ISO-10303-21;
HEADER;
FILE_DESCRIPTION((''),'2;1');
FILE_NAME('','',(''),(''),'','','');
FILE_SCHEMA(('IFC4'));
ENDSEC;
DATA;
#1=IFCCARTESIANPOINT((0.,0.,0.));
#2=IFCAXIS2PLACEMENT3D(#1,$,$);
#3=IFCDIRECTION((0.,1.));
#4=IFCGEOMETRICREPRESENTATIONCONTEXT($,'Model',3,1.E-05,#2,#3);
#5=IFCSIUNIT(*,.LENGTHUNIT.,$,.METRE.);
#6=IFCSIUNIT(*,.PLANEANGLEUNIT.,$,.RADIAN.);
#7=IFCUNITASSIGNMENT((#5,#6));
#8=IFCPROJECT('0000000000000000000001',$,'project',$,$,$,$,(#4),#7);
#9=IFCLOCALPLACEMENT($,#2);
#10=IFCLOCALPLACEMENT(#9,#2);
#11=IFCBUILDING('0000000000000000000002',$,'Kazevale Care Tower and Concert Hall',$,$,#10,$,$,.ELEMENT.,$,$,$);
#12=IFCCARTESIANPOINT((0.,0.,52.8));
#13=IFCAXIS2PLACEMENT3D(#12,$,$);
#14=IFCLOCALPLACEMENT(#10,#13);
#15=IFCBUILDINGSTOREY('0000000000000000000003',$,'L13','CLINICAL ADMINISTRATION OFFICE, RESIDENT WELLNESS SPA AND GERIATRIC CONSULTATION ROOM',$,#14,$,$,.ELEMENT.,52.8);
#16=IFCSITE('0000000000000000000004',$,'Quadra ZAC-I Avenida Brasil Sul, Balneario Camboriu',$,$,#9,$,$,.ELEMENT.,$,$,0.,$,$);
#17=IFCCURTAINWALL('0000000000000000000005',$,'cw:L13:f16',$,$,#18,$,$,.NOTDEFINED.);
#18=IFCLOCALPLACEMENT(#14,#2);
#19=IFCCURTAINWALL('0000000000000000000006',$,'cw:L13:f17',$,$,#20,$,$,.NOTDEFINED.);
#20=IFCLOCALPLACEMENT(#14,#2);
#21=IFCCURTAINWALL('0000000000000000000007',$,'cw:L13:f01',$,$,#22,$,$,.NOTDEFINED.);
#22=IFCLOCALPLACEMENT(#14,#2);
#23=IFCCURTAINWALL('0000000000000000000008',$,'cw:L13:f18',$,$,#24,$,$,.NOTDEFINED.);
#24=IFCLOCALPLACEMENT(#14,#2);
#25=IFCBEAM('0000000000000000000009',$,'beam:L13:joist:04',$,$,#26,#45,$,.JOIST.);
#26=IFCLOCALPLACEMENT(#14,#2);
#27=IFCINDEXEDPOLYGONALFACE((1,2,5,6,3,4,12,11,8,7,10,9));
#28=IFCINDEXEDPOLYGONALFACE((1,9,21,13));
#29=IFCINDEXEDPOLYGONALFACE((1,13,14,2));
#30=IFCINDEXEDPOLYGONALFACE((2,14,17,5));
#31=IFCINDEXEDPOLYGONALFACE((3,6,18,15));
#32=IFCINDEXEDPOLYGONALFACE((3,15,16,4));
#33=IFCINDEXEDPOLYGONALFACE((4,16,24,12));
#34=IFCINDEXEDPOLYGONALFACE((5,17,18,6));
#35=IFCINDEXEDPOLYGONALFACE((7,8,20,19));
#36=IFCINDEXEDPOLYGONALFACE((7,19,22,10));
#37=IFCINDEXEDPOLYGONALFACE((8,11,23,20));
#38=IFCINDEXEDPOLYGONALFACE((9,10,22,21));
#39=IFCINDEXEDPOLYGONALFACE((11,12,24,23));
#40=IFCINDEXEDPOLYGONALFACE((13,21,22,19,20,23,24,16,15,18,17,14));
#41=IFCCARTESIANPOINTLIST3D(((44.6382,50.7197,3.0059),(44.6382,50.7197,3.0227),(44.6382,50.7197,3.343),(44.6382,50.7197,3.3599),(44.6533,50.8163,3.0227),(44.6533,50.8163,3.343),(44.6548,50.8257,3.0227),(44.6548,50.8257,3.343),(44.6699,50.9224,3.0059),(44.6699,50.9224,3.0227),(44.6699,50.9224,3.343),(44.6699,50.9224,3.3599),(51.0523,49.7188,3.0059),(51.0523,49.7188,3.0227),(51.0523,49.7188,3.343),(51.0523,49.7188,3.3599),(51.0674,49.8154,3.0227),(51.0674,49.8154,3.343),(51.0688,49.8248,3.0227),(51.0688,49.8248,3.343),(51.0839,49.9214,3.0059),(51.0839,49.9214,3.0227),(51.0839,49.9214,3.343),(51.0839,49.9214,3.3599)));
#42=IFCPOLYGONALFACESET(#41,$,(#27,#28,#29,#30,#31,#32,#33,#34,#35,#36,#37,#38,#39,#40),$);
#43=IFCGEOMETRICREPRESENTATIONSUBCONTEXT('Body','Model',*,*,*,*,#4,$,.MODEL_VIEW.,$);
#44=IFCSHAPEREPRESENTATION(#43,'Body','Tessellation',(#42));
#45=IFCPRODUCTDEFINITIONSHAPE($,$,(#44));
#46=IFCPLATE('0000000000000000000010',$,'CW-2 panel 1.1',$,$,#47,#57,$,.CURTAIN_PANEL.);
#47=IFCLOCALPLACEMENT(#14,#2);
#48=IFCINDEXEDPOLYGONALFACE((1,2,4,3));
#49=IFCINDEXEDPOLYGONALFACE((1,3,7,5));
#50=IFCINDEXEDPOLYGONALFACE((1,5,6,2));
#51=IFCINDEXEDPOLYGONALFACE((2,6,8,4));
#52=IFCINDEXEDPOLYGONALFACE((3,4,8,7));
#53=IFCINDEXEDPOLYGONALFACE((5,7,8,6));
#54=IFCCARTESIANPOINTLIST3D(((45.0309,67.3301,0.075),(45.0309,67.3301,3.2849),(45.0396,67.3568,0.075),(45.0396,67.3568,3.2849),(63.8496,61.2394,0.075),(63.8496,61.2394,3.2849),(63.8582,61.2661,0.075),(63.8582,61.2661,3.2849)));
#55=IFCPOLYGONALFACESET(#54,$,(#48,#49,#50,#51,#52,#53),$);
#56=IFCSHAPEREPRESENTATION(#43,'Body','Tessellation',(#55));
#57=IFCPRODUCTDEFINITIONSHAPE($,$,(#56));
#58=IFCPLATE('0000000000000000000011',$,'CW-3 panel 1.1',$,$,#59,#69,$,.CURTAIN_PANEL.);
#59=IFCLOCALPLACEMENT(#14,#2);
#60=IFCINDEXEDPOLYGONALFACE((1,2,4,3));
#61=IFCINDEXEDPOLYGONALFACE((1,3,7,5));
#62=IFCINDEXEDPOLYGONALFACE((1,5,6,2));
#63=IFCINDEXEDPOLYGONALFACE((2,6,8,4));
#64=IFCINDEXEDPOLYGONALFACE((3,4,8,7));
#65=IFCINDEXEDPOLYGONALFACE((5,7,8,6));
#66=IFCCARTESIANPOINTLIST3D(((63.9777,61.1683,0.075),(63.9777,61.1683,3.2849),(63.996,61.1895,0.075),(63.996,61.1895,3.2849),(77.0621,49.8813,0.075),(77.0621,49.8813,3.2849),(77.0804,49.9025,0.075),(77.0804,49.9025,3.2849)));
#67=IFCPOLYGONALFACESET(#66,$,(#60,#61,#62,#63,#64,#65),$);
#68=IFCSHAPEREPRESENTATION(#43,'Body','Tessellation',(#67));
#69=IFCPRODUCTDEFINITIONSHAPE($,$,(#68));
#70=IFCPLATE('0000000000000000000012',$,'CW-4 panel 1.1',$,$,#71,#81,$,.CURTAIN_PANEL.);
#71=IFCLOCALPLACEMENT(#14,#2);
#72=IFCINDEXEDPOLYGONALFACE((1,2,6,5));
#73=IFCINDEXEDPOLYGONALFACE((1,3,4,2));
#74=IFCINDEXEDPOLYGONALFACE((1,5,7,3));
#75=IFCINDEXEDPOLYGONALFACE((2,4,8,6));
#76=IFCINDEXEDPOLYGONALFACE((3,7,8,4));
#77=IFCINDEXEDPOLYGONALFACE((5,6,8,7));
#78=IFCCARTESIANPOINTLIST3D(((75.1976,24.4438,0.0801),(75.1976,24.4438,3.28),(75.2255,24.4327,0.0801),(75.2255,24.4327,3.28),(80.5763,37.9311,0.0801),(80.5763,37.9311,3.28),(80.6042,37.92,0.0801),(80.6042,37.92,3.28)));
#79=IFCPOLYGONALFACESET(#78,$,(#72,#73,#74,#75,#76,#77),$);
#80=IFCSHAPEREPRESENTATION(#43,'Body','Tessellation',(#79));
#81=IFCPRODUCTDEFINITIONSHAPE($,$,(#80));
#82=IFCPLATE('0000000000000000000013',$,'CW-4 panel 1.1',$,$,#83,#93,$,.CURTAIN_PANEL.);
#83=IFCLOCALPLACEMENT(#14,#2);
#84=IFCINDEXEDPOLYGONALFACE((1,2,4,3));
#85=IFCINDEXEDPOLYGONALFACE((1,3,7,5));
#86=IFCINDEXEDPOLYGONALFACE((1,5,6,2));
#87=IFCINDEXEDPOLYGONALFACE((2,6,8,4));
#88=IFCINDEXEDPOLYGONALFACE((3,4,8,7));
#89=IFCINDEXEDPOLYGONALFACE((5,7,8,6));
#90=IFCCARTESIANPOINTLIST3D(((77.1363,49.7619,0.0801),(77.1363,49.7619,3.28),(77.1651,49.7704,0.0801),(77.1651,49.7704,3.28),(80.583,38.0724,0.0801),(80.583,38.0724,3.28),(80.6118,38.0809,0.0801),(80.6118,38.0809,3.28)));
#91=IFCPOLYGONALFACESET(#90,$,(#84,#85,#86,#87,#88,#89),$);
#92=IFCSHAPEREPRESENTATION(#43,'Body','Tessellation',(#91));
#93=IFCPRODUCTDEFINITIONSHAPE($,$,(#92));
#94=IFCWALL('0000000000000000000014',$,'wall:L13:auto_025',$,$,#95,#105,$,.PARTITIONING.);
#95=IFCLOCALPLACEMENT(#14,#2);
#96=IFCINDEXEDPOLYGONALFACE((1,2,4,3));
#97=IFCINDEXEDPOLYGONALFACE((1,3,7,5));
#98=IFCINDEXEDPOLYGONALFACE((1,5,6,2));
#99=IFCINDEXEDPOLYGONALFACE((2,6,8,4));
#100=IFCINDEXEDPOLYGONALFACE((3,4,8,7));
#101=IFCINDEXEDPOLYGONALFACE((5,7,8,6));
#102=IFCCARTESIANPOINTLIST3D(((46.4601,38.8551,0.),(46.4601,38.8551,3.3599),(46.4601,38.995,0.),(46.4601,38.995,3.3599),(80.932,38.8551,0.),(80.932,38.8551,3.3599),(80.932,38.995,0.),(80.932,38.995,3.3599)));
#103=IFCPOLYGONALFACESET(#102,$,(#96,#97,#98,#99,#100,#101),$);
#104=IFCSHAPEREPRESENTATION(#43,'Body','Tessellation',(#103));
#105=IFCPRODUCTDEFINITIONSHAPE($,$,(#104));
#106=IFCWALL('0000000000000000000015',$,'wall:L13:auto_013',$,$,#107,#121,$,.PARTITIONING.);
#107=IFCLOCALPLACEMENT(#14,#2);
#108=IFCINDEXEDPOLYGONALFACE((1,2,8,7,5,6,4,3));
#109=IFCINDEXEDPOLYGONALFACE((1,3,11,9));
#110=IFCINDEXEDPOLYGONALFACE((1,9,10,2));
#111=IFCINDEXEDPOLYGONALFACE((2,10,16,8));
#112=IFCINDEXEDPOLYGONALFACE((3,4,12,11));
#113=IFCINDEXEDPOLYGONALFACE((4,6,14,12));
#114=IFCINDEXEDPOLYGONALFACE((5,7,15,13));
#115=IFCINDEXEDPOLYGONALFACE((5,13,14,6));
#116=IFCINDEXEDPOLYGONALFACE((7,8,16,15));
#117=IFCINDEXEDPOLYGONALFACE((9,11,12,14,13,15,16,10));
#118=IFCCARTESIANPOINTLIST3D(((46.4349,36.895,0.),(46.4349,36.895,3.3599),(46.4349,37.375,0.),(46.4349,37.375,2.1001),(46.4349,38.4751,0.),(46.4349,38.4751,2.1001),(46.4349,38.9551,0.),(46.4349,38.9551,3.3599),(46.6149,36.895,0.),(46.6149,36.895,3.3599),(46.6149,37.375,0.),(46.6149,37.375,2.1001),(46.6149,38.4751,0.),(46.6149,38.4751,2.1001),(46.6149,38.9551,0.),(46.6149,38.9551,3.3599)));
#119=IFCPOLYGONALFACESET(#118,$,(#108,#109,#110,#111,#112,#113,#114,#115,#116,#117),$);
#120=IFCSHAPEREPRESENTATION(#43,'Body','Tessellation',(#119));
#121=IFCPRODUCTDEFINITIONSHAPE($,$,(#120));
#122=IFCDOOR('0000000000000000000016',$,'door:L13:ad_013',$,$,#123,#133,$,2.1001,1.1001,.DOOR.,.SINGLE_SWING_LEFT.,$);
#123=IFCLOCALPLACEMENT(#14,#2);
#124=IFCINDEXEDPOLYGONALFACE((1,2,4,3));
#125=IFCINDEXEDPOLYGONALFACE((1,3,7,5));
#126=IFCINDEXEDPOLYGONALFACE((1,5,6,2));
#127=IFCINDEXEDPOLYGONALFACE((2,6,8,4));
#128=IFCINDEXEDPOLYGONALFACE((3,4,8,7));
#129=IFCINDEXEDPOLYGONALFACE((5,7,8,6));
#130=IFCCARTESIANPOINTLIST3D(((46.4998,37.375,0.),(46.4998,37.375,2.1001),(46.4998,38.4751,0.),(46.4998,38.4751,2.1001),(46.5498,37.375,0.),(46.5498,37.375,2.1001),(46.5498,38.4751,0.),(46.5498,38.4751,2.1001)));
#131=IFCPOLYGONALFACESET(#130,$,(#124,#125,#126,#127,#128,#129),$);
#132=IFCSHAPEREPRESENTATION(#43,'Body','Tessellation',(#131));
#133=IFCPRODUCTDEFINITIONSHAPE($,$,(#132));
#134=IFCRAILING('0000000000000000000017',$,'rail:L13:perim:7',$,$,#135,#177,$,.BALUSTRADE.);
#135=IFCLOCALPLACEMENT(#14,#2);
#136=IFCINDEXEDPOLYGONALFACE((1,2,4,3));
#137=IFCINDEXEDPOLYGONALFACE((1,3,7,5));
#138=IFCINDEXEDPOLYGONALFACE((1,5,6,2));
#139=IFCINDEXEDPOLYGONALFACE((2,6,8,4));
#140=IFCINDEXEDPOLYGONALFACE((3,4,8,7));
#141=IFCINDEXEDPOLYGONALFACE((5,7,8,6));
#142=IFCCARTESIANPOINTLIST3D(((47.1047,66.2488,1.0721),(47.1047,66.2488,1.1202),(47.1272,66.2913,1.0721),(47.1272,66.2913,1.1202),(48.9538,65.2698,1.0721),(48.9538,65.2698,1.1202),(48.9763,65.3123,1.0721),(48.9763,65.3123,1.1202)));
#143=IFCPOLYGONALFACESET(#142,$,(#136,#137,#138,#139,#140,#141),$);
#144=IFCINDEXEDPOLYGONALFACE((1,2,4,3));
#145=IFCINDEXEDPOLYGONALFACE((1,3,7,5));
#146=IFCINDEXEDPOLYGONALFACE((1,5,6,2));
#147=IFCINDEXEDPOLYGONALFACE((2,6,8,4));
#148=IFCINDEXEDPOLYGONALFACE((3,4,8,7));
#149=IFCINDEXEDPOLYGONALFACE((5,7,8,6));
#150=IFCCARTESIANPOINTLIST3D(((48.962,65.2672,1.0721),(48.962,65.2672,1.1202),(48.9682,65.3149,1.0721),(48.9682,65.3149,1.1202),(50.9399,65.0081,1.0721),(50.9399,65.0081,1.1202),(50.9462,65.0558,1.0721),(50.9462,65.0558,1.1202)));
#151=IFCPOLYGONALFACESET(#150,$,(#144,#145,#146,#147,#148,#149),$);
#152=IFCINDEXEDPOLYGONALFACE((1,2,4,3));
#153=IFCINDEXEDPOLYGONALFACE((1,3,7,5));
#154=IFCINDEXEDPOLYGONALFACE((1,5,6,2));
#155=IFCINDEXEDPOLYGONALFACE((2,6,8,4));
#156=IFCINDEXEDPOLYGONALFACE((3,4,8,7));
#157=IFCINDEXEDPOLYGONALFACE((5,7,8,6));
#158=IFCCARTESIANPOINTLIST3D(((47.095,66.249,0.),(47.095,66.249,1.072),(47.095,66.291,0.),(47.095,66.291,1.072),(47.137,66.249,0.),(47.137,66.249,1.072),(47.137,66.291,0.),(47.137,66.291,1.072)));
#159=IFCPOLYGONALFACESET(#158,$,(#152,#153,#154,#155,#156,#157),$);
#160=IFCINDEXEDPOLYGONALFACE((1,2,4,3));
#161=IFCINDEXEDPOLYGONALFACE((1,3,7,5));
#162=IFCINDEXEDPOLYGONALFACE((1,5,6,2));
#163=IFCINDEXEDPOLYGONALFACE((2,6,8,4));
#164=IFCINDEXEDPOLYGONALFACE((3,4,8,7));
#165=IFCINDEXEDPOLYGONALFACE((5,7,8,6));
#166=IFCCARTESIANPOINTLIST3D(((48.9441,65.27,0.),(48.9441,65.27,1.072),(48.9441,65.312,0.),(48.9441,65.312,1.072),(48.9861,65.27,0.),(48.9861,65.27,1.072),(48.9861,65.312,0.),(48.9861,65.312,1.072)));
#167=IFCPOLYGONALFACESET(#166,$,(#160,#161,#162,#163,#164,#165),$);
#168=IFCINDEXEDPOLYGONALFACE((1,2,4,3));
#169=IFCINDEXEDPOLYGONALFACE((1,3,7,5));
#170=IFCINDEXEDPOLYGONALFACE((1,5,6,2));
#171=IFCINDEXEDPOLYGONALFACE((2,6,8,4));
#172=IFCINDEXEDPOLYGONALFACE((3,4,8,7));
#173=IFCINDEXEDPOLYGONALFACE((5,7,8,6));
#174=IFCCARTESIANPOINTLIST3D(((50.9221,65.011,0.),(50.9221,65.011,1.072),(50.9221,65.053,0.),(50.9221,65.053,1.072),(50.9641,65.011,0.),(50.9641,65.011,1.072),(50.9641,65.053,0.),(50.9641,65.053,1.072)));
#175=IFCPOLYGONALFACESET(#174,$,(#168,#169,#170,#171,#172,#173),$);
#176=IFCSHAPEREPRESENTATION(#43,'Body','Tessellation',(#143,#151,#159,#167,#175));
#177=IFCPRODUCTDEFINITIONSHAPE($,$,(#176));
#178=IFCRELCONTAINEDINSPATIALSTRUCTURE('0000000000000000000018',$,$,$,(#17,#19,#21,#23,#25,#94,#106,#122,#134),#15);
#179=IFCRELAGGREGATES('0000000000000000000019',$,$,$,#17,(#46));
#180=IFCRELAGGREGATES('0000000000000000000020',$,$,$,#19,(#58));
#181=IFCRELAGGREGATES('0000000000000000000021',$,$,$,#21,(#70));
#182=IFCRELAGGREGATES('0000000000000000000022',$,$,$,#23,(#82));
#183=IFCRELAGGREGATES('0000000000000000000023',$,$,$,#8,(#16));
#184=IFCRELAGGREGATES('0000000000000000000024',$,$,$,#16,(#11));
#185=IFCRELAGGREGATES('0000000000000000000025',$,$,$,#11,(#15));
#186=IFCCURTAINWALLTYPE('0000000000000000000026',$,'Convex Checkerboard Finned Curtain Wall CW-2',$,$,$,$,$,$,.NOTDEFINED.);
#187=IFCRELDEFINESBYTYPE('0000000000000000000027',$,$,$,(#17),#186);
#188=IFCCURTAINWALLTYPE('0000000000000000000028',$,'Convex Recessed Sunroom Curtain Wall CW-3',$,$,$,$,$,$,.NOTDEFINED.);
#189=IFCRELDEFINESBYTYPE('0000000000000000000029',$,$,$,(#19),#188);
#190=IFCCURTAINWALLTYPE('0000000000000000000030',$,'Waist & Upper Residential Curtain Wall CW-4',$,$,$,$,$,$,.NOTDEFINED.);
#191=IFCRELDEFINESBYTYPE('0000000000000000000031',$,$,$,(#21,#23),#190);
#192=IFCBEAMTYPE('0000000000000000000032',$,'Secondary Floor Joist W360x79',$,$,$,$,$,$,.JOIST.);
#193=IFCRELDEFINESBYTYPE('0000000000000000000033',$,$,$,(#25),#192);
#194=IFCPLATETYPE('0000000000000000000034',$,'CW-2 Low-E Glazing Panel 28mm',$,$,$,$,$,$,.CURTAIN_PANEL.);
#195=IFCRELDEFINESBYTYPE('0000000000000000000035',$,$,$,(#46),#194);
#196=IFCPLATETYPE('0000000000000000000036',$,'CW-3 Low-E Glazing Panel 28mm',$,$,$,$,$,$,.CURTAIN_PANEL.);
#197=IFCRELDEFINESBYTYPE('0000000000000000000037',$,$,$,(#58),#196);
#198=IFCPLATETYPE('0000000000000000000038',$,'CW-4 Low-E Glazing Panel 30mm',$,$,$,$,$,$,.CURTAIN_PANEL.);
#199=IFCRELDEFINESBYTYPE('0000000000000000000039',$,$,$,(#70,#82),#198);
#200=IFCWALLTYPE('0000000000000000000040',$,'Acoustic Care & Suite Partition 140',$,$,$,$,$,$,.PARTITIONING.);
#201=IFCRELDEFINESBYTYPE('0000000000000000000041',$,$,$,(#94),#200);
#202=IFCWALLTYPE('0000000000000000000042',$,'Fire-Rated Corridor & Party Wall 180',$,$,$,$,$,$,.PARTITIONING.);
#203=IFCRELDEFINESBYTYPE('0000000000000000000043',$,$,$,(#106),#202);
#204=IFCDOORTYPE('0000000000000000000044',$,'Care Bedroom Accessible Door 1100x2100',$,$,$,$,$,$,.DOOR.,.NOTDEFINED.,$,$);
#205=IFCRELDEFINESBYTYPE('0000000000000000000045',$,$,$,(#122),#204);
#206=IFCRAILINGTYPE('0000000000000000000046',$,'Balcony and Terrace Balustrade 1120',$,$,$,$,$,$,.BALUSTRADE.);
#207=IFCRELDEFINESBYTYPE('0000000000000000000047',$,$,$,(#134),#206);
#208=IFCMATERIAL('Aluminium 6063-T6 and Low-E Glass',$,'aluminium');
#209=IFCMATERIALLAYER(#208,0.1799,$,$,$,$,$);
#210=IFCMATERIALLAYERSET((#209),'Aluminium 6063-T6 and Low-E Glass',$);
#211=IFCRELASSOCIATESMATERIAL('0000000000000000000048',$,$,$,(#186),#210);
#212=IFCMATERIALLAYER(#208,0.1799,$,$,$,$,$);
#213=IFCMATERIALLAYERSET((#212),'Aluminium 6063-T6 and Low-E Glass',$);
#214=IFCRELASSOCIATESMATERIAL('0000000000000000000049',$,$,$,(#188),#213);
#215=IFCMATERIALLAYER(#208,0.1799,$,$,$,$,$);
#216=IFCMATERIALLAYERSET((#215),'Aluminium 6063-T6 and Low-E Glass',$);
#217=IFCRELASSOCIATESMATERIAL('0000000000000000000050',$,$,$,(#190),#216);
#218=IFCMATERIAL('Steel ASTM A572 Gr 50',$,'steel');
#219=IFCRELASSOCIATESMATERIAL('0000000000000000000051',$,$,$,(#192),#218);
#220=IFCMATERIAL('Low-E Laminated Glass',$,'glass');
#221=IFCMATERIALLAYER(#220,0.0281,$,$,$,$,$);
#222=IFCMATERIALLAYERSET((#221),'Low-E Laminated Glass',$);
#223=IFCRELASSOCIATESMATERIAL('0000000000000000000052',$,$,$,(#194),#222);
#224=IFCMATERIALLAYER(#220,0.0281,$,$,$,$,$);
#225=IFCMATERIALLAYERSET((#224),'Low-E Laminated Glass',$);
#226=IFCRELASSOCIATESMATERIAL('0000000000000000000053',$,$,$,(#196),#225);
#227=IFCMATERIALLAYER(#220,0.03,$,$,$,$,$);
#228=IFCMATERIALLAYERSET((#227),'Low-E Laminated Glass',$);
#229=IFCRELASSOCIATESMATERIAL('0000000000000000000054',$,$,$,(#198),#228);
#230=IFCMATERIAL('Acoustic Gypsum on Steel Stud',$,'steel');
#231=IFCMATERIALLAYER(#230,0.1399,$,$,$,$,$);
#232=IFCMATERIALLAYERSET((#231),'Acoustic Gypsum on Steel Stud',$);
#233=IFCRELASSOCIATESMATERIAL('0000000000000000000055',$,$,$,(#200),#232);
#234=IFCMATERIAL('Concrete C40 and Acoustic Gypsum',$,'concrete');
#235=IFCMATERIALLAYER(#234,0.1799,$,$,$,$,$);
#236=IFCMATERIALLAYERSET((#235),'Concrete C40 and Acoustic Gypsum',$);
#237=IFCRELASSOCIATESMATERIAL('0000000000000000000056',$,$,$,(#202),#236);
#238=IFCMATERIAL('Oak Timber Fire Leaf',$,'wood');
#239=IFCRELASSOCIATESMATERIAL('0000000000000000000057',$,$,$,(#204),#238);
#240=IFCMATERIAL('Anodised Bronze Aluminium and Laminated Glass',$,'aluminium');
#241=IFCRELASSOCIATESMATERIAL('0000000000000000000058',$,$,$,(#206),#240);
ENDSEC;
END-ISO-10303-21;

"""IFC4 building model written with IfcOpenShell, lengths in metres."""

from ifc_helpers import new_model, si_unit, direction, frame, frame_2d, origin, origin_2d, place, context, subcontext, project, spatial, rectangle, i_section, extrude, material, layer, layer_set, material_profile, profile_set, type_object, element, fill, aggregate, save


model = new_model("IFC4")

# Units and contexts
model_context = context("Model", 3, precision=1e-05, world=origin(), true_north=direction((0.0, 1.0)))
body_context = subcontext(model_context, "Body", "Model", "MODEL_VIEW")
ifc_project = project(units=[si_unit("LENGTHUNIT", "METRE"), si_unit("PLANEANGLEUNIT", "RADIAN")], contexts=[model_context])

# Site, building, storey
site_placement = place(None, origin())
site = spatial("IfcSite", under=ifc_project, at=site_placement, Name="Quadra ZAC-I Avenida Brasil Sul, Balneario Camboriu", CompositionType="ELEMENT", RefElevation=0.0)
building_placement = place(site_placement, origin())
building = spatial("IfcBuilding", under=site, at=building_placement, Name="Kazevale Care Tower and Concert Hall", CompositionType="ELEMENT")
storey_placement = place(building_placement, frame((0.0, 0.0, 52.8)))
storey = spatial("IfcBuildingStorey", under=building, at=storey_placement, Name="L13", Description="CLINICAL ADMINISTRATION OFFICE, RESIDENT WELLNESS SPA AND GERIATRIC CONSULTATION ROOM", CompositionType="ELEMENT", Elevation=52.8)

# Curtain wall
ifc_material_1 = material(Name="Aluminium 6063-T6 and Low-E Glass", Category="aluminium")
ifc_layer_1 = layer(ifc_material_1, 0.1799)
ifc_layer_set_1 = layer_set([ifc_layer_1], Name="Aluminium 6063-T6 and Low-E Glass")
curtain_wall_type_1 = type_object("IfcCurtainWallType", Name="Convex Checkerboard Finned Curtain Wall CW-2", PredefinedType="NOTDEFINED", material=ifc_layer_set_1)
curtain_wall_1_placement = place(storey_placement, origin())
curtain_wall_1 = element("IfcCurtainWall", 1, at=curtain_wall_1_placement, inside=storey, type_object=curtain_wall_type_1, Name="cw:L13:f16", PredefinedType="NOTDEFINED")

# Curtain wall
ifc_layer_2 = layer(ifc_material_1, 0.1799)
ifc_layer_set_2 = layer_set([ifc_layer_2], Name="Aluminium 6063-T6 and Low-E Glass")
curtain_wall_type_2 = type_object("IfcCurtainWallType", Name="Convex Recessed Sunroom Curtain Wall CW-3", PredefinedType="NOTDEFINED", material=ifc_layer_set_2)
curtain_wall_2_placement = place(storey_placement, origin())
curtain_wall_2 = element("IfcCurtainWall", 2, at=curtain_wall_2_placement, inside=storey, type_object=curtain_wall_type_2, Name="cw:L13:f17", PredefinedType="NOTDEFINED")

# Curtain wall
ifc_layer_3 = layer(ifc_material_1, 0.1799)
ifc_layer_set_3 = layer_set([ifc_layer_3], Name="Aluminium 6063-T6 and Low-E Glass")
curtain_wall_type_3 = type_object("IfcCurtainWallType", Name="Waist & Upper Residential Curtain Wall CW-4", PredefinedType="NOTDEFINED", material=ifc_layer_set_3)
curtain_wall_3_placement = place(storey_placement, origin())
curtain_wall_3 = element("IfcCurtainWall", 3, at=curtain_wall_3_placement, inside=storey, type_object=curtain_wall_type_3, Name="cw:L13:f01", PredefinedType="NOTDEFINED")

# Curtain wall
curtain_wall_4_placement = place(storey_placement, origin())
curtain_wall_4 = element("IfcCurtainWall", 4, at=curtain_wall_4_placement, inside=storey, type_object=curtain_wall_type_3, Name="cw:L13:f18", PredefinedType="NOTDEFINED")

# Beam
ifc_material_2 = material(Name="Steel ASTM A572 Gr 50", Category="steel")
ifc_material_profile_1 = material_profile(ifc_material_2, i_section(OverallWidth=0.2051, OverallDepth=0.354, WebThickness=0.0095, FlangeThickness=0.0168, at=origin_2d()), Name="W360x79")
ifc_profile_set_1 = profile_set([ifc_material_profile_1], Name="Steel ASTM A572 Gr 50")
beam_type_1 = type_object("IfcBeamType", Name="Secondary Floor Joist W360x79", PredefinedType="JOIST", material=ifc_profile_set_1)
beam_1_placement = place(storey_placement, frame((51.0681, 49.8201, 3.1829), z_axis=(-0.988041, 0.154193, 0.0), x_axis=(-0.154193, -0.988041, 0.0)))
element("IfcBeam", 5, at=beam_1_placement, inside=storey, type_object=beam_type_1, Name="beam:L13:joist:04", PredefinedType="JOIST", context=body_context, shape_type="SweptSolid", body=[
    extrude(i_section(OverallWidth=0.2051, OverallDepth=0.354, WebThickness=0.0095, FlangeThickness=0.0168, at=origin_2d()), origin(), (0.0, 0.0, 1.0), 6.4917),
])

# Plates
ifc_material_3 = material(Name="Low-E Laminated Glass", Category="glass")
ifc_layer_4 = layer(ifc_material_3, 0.0281)
ifc_layer_set_4 = layer_set([ifc_layer_4], Name="Low-E Laminated Glass")
plate_type_1 = type_object("IfcPlateType", Name="CW-2 Low-E Glazing Panel 28mm", PredefinedType="CURTAIN_PANEL", material=ifc_layer_set_4)
plate_1_placement = place(storey_placement, frame((54.4446, 64.2981, 0.075), z_axis=(0.0, 0.0, 1.0), x_axis=(0.95141, -0.307926, 0.0)))
plate_1 = element("IfcPlate", 6, at=plate_1_placement, type_object=plate_type_1, Name="CW-2 panel 1.1", PredefinedType="CURTAIN_PANEL", context=body_context, shape_type="SweptSolid", body=[
    extrude(rectangle(XDim=19.7798, YDim=0.0281, at=origin_2d()), origin(), (0.0, 0.0, 1.0), 3.21),
])
aggregate(curtain_wall_1, [plate_1])
ifc_layer_5 = layer(ifc_material_3, 0.0281)
ifc_layer_set_5 = layer_set([ifc_layer_5], Name="Low-E Laminated Glass")
plate_type_2 = type_object("IfcPlateType", Name="CW-3 Low-E Glazing Panel 28mm", PredefinedType="CURTAIN_PANEL", material=ifc_layer_set_5)
plate_2_placement = place(storey_placement, frame((70.5291, 55.5354, 0.075), z_axis=(0.0, 0.0, 1.0), x_axis=(0.7572, -0.653184, 0.0)))
plate_2 = element("IfcPlate", 7, at=plate_2_placement, type_object=plate_type_2, Name="CW-3 panel 1.1", PredefinedType="CURTAIN_PANEL", context=body_context, shape_type="SweptSolid", body=[
    extrude(rectangle(XDim=17.28, YDim=0.0281, at=origin_2d()), origin(), (0.0, 0.0, 1.0), 3.21),
])
aggregate(curtain_wall_2, [plate_2])
ifc_layer_6 = layer(ifc_material_3, 0.03)
ifc_layer_set_6 = layer_set([ifc_layer_6], Name="Low-E Laminated Glass")
plate_type_3 = type_object("IfcPlateType", Name="CW-4 Low-E Glazing Panel 30mm", PredefinedType="CURTAIN_PANEL", material=ifc_layer_set_6)
plate_3_placement = place(storey_placement, frame((77.9009, 31.1819, 0.0801), z_axis=(0.0, 0.0, 1.0), x_axis=(-0.370427, -0.928861, 0.0)))
plate_3 = element("IfcPlate", 8, at=plate_3_placement, type_object=plate_type_3, Name="CW-4 panel 1.1", PredefinedType="CURTAIN_PANEL", context=body_context, shape_type="SweptSolid", body=[
    extrude(rectangle(XDim=14.5203, YDim=0.03, at=origin_2d()), origin(), (0.0, 0.0, 1.0), 3.2),
])
aggregate(curtain_wall_3, [plate_3])
plate_4_placement = place(storey_placement, frame((78.874, 43.9214, 0.0801), z_axis=(0.0, 0.0, 1.0), x_axis=(0.28282, -0.959173, 0.0)))
plate_4 = element("IfcPlate", 9, at=plate_4_placement, type_object=plate_type_3, Name="CW-4 panel 1.1", PredefinedType="CURTAIN_PANEL", context=body_context, shape_type="SweptSolid", body=[
    extrude(rectangle(XDim=12.187, YDim=0.03, at=origin_2d()), origin(), (0.0, 0.0, 1.0), 3.2),
])
aggregate(curtain_wall_4, [plate_4])

# Wall
ifc_material_4 = material(Name="Acoustic Gypsum on Steel Stud", Category="steel")
ifc_layer_7 = layer(ifc_material_4, 0.1399)
ifc_layer_set_7 = layer_set([ifc_layer_7], Name="Acoustic Gypsum on Steel Stud")
wall_type_1 = type_object("IfcWallType", Name="Acoustic Care & Suite Partition 140", PredefinedType="PARTITIONING", material=ifc_layer_set_7)
wall_1_placement = place(storey_placement, frame((80.9319, 38.925, 0.0), z_axis=(0.0, 0.0, 1.0), x_axis=(-1.0, 0.0, 0.0)))
element("IfcWall", 10, at=wall_1_placement, inside=storey, type_object=wall_type_1, Name="wall:L13:auto_025", PredefinedType="PARTITIONING", context=body_context, shape_type="SweptSolid", body=[
    extrude(rectangle(XDim=34.4719, YDim=0.1399, at=frame_2d((17.2358, 0.0))), origin(), (0.0, 0.0, 1.0), 3.3599),
])

# Wall, opening, door
ifc_material_5 = material(Name="Concrete C40 and Acoustic Gypsum", Category="concrete")
ifc_layer_8 = layer(ifc_material_5, 0.1799)
ifc_layer_set_8 = layer_set([ifc_layer_8], Name="Concrete C40 and Acoustic Gypsum")
wall_type_2 = type_object("IfcWallType", Name="Fire-Rated Corridor & Party Wall 180", PredefinedType="PARTITIONING", material=ifc_layer_set_8)
wall_2_placement = place(storey_placement, frame((46.5249, 38.9551, 0.0), z_axis=(0.0, 0.0, 1.0), x_axis=(0.0, -1.0, 0.0)))
wall_2 = element("IfcWall", 11, at=wall_2_placement, inside=storey, type_object=wall_type_2, Name="wall:L13:auto_013", PredefinedType="PARTITIONING", context=body_context, shape_type="SweptSolid", body=[
    extrude(rectangle(XDim=2.0601, YDim=0.1799, at=frame_2d((1.03, 0.0))), origin(), (0.0, 0.0, 1.0), 3.3599),
])
opening_placement = place(wall_2_placement, frame((0.48, 0.0, 0.0)))
opening = element("IfcOpeningElement", 12, at=opening_placement, cuts=wall_2, PredefinedType="OPENING", context=body_context, shape_type="SweptSolid", body=[
    extrude(rectangle(XDim=1.1001, YDim=2.1001, at=frame_2d((0.55, 1.05))), frame((0.0, 0.0999, 0.0), z_axis=(0.0, -1.0, 0.0), x_axis=(1.0, 0.0, 0.0)), (0.0, 0.0, 1.0), 0.2),
])
ifc_material_6 = material(Name="Oak Timber Fire Leaf", Category="wood")
door_type = type_object("IfcDoorType", Name="Care Bedroom Accessible Door 1100x2100", OperationType="NOTDEFINED", PredefinedType="DOOR", material=ifc_material_6)
door_placement = place(opening_placement, origin())
door = element("IfcDoor", 13, at=door_placement, inside=storey, type_object=door_type, Name="door:L13:ad_013", OperationType="SINGLE_SWING_LEFT", OverallHeight=2.1001, OverallWidth=1.1001, PredefinedType="DOOR", context=body_context, shape_type="SweptSolid", body=[
    extrude(rectangle(XDim=1.1001, YDim=2.1001, at=frame_2d((0.55, 1.05))), frame((0.0, 0.0249, 0.0), z_axis=(0.0, -1.0, 0.0), x_axis=(1.0, 0.0, 0.0)), (0.0, 0.0, 1.0), 0.05),
])
fill(opening, door)

# Railing
ifc_material_7 = material(Name="Anodised Bronze Aluminium and Laminated Glass", Category="aluminium")
railing_type = type_object("IfcRailingType", Name="Balcony and Terrace Balustrade 1120", PredefinedType="BALUSTRADE", material=ifc_material_7)
railing_1_placement = place(storey_placement, frame((47.116, 66.27, 0.0)))
element("IfcRailing", 14, at=railing_1_placement, inside=storey, type_object=railing_type, Name="rail:L13:perim:7", PredefinedType="BALUSTRADE", context=body_context, shape_type="SweptSolid", body=[
    extrude(rectangle(XDim=0.0481, YDim=0.0481, at=origin_2d()), frame((0.0, 0.0, 1.0962), z_axis=(0.883777, -0.467909, 0.0), x_axis=(0.467909, 0.883777, 0.0)), (0.0, 0.0, 1.0), 2.0923),
    extrude(rectangle(XDim=0.0481, YDim=0.0481, at=origin_2d()), frame((1.8491, -0.979, 1.0962), z_axis=(0.991534, -0.129847, 0.0), x_axis=(0.129847, 0.991534, 0.0)), (0.0, 0.0, 1.0), 1.9949),
    extrude(rectangle(XDim=0.042, YDim=0.042, at=origin_2d()), origin(), (0.0, 0.0, 1.0), 1.072),
    extrude(rectangle(XDim=0.042, YDim=0.042, at=origin_2d()), frame((1.8491, -0.979, 0.0)), (0.0, 0.0, 1.0), 1.072),
    extrude(rectangle(XDim=0.042, YDim=0.042, at=origin_2d()), frame((3.8271, -1.238, 0.0)), (0.0, 0.0, 1.0), 1.072),
])

save(model, "model.ifc")
